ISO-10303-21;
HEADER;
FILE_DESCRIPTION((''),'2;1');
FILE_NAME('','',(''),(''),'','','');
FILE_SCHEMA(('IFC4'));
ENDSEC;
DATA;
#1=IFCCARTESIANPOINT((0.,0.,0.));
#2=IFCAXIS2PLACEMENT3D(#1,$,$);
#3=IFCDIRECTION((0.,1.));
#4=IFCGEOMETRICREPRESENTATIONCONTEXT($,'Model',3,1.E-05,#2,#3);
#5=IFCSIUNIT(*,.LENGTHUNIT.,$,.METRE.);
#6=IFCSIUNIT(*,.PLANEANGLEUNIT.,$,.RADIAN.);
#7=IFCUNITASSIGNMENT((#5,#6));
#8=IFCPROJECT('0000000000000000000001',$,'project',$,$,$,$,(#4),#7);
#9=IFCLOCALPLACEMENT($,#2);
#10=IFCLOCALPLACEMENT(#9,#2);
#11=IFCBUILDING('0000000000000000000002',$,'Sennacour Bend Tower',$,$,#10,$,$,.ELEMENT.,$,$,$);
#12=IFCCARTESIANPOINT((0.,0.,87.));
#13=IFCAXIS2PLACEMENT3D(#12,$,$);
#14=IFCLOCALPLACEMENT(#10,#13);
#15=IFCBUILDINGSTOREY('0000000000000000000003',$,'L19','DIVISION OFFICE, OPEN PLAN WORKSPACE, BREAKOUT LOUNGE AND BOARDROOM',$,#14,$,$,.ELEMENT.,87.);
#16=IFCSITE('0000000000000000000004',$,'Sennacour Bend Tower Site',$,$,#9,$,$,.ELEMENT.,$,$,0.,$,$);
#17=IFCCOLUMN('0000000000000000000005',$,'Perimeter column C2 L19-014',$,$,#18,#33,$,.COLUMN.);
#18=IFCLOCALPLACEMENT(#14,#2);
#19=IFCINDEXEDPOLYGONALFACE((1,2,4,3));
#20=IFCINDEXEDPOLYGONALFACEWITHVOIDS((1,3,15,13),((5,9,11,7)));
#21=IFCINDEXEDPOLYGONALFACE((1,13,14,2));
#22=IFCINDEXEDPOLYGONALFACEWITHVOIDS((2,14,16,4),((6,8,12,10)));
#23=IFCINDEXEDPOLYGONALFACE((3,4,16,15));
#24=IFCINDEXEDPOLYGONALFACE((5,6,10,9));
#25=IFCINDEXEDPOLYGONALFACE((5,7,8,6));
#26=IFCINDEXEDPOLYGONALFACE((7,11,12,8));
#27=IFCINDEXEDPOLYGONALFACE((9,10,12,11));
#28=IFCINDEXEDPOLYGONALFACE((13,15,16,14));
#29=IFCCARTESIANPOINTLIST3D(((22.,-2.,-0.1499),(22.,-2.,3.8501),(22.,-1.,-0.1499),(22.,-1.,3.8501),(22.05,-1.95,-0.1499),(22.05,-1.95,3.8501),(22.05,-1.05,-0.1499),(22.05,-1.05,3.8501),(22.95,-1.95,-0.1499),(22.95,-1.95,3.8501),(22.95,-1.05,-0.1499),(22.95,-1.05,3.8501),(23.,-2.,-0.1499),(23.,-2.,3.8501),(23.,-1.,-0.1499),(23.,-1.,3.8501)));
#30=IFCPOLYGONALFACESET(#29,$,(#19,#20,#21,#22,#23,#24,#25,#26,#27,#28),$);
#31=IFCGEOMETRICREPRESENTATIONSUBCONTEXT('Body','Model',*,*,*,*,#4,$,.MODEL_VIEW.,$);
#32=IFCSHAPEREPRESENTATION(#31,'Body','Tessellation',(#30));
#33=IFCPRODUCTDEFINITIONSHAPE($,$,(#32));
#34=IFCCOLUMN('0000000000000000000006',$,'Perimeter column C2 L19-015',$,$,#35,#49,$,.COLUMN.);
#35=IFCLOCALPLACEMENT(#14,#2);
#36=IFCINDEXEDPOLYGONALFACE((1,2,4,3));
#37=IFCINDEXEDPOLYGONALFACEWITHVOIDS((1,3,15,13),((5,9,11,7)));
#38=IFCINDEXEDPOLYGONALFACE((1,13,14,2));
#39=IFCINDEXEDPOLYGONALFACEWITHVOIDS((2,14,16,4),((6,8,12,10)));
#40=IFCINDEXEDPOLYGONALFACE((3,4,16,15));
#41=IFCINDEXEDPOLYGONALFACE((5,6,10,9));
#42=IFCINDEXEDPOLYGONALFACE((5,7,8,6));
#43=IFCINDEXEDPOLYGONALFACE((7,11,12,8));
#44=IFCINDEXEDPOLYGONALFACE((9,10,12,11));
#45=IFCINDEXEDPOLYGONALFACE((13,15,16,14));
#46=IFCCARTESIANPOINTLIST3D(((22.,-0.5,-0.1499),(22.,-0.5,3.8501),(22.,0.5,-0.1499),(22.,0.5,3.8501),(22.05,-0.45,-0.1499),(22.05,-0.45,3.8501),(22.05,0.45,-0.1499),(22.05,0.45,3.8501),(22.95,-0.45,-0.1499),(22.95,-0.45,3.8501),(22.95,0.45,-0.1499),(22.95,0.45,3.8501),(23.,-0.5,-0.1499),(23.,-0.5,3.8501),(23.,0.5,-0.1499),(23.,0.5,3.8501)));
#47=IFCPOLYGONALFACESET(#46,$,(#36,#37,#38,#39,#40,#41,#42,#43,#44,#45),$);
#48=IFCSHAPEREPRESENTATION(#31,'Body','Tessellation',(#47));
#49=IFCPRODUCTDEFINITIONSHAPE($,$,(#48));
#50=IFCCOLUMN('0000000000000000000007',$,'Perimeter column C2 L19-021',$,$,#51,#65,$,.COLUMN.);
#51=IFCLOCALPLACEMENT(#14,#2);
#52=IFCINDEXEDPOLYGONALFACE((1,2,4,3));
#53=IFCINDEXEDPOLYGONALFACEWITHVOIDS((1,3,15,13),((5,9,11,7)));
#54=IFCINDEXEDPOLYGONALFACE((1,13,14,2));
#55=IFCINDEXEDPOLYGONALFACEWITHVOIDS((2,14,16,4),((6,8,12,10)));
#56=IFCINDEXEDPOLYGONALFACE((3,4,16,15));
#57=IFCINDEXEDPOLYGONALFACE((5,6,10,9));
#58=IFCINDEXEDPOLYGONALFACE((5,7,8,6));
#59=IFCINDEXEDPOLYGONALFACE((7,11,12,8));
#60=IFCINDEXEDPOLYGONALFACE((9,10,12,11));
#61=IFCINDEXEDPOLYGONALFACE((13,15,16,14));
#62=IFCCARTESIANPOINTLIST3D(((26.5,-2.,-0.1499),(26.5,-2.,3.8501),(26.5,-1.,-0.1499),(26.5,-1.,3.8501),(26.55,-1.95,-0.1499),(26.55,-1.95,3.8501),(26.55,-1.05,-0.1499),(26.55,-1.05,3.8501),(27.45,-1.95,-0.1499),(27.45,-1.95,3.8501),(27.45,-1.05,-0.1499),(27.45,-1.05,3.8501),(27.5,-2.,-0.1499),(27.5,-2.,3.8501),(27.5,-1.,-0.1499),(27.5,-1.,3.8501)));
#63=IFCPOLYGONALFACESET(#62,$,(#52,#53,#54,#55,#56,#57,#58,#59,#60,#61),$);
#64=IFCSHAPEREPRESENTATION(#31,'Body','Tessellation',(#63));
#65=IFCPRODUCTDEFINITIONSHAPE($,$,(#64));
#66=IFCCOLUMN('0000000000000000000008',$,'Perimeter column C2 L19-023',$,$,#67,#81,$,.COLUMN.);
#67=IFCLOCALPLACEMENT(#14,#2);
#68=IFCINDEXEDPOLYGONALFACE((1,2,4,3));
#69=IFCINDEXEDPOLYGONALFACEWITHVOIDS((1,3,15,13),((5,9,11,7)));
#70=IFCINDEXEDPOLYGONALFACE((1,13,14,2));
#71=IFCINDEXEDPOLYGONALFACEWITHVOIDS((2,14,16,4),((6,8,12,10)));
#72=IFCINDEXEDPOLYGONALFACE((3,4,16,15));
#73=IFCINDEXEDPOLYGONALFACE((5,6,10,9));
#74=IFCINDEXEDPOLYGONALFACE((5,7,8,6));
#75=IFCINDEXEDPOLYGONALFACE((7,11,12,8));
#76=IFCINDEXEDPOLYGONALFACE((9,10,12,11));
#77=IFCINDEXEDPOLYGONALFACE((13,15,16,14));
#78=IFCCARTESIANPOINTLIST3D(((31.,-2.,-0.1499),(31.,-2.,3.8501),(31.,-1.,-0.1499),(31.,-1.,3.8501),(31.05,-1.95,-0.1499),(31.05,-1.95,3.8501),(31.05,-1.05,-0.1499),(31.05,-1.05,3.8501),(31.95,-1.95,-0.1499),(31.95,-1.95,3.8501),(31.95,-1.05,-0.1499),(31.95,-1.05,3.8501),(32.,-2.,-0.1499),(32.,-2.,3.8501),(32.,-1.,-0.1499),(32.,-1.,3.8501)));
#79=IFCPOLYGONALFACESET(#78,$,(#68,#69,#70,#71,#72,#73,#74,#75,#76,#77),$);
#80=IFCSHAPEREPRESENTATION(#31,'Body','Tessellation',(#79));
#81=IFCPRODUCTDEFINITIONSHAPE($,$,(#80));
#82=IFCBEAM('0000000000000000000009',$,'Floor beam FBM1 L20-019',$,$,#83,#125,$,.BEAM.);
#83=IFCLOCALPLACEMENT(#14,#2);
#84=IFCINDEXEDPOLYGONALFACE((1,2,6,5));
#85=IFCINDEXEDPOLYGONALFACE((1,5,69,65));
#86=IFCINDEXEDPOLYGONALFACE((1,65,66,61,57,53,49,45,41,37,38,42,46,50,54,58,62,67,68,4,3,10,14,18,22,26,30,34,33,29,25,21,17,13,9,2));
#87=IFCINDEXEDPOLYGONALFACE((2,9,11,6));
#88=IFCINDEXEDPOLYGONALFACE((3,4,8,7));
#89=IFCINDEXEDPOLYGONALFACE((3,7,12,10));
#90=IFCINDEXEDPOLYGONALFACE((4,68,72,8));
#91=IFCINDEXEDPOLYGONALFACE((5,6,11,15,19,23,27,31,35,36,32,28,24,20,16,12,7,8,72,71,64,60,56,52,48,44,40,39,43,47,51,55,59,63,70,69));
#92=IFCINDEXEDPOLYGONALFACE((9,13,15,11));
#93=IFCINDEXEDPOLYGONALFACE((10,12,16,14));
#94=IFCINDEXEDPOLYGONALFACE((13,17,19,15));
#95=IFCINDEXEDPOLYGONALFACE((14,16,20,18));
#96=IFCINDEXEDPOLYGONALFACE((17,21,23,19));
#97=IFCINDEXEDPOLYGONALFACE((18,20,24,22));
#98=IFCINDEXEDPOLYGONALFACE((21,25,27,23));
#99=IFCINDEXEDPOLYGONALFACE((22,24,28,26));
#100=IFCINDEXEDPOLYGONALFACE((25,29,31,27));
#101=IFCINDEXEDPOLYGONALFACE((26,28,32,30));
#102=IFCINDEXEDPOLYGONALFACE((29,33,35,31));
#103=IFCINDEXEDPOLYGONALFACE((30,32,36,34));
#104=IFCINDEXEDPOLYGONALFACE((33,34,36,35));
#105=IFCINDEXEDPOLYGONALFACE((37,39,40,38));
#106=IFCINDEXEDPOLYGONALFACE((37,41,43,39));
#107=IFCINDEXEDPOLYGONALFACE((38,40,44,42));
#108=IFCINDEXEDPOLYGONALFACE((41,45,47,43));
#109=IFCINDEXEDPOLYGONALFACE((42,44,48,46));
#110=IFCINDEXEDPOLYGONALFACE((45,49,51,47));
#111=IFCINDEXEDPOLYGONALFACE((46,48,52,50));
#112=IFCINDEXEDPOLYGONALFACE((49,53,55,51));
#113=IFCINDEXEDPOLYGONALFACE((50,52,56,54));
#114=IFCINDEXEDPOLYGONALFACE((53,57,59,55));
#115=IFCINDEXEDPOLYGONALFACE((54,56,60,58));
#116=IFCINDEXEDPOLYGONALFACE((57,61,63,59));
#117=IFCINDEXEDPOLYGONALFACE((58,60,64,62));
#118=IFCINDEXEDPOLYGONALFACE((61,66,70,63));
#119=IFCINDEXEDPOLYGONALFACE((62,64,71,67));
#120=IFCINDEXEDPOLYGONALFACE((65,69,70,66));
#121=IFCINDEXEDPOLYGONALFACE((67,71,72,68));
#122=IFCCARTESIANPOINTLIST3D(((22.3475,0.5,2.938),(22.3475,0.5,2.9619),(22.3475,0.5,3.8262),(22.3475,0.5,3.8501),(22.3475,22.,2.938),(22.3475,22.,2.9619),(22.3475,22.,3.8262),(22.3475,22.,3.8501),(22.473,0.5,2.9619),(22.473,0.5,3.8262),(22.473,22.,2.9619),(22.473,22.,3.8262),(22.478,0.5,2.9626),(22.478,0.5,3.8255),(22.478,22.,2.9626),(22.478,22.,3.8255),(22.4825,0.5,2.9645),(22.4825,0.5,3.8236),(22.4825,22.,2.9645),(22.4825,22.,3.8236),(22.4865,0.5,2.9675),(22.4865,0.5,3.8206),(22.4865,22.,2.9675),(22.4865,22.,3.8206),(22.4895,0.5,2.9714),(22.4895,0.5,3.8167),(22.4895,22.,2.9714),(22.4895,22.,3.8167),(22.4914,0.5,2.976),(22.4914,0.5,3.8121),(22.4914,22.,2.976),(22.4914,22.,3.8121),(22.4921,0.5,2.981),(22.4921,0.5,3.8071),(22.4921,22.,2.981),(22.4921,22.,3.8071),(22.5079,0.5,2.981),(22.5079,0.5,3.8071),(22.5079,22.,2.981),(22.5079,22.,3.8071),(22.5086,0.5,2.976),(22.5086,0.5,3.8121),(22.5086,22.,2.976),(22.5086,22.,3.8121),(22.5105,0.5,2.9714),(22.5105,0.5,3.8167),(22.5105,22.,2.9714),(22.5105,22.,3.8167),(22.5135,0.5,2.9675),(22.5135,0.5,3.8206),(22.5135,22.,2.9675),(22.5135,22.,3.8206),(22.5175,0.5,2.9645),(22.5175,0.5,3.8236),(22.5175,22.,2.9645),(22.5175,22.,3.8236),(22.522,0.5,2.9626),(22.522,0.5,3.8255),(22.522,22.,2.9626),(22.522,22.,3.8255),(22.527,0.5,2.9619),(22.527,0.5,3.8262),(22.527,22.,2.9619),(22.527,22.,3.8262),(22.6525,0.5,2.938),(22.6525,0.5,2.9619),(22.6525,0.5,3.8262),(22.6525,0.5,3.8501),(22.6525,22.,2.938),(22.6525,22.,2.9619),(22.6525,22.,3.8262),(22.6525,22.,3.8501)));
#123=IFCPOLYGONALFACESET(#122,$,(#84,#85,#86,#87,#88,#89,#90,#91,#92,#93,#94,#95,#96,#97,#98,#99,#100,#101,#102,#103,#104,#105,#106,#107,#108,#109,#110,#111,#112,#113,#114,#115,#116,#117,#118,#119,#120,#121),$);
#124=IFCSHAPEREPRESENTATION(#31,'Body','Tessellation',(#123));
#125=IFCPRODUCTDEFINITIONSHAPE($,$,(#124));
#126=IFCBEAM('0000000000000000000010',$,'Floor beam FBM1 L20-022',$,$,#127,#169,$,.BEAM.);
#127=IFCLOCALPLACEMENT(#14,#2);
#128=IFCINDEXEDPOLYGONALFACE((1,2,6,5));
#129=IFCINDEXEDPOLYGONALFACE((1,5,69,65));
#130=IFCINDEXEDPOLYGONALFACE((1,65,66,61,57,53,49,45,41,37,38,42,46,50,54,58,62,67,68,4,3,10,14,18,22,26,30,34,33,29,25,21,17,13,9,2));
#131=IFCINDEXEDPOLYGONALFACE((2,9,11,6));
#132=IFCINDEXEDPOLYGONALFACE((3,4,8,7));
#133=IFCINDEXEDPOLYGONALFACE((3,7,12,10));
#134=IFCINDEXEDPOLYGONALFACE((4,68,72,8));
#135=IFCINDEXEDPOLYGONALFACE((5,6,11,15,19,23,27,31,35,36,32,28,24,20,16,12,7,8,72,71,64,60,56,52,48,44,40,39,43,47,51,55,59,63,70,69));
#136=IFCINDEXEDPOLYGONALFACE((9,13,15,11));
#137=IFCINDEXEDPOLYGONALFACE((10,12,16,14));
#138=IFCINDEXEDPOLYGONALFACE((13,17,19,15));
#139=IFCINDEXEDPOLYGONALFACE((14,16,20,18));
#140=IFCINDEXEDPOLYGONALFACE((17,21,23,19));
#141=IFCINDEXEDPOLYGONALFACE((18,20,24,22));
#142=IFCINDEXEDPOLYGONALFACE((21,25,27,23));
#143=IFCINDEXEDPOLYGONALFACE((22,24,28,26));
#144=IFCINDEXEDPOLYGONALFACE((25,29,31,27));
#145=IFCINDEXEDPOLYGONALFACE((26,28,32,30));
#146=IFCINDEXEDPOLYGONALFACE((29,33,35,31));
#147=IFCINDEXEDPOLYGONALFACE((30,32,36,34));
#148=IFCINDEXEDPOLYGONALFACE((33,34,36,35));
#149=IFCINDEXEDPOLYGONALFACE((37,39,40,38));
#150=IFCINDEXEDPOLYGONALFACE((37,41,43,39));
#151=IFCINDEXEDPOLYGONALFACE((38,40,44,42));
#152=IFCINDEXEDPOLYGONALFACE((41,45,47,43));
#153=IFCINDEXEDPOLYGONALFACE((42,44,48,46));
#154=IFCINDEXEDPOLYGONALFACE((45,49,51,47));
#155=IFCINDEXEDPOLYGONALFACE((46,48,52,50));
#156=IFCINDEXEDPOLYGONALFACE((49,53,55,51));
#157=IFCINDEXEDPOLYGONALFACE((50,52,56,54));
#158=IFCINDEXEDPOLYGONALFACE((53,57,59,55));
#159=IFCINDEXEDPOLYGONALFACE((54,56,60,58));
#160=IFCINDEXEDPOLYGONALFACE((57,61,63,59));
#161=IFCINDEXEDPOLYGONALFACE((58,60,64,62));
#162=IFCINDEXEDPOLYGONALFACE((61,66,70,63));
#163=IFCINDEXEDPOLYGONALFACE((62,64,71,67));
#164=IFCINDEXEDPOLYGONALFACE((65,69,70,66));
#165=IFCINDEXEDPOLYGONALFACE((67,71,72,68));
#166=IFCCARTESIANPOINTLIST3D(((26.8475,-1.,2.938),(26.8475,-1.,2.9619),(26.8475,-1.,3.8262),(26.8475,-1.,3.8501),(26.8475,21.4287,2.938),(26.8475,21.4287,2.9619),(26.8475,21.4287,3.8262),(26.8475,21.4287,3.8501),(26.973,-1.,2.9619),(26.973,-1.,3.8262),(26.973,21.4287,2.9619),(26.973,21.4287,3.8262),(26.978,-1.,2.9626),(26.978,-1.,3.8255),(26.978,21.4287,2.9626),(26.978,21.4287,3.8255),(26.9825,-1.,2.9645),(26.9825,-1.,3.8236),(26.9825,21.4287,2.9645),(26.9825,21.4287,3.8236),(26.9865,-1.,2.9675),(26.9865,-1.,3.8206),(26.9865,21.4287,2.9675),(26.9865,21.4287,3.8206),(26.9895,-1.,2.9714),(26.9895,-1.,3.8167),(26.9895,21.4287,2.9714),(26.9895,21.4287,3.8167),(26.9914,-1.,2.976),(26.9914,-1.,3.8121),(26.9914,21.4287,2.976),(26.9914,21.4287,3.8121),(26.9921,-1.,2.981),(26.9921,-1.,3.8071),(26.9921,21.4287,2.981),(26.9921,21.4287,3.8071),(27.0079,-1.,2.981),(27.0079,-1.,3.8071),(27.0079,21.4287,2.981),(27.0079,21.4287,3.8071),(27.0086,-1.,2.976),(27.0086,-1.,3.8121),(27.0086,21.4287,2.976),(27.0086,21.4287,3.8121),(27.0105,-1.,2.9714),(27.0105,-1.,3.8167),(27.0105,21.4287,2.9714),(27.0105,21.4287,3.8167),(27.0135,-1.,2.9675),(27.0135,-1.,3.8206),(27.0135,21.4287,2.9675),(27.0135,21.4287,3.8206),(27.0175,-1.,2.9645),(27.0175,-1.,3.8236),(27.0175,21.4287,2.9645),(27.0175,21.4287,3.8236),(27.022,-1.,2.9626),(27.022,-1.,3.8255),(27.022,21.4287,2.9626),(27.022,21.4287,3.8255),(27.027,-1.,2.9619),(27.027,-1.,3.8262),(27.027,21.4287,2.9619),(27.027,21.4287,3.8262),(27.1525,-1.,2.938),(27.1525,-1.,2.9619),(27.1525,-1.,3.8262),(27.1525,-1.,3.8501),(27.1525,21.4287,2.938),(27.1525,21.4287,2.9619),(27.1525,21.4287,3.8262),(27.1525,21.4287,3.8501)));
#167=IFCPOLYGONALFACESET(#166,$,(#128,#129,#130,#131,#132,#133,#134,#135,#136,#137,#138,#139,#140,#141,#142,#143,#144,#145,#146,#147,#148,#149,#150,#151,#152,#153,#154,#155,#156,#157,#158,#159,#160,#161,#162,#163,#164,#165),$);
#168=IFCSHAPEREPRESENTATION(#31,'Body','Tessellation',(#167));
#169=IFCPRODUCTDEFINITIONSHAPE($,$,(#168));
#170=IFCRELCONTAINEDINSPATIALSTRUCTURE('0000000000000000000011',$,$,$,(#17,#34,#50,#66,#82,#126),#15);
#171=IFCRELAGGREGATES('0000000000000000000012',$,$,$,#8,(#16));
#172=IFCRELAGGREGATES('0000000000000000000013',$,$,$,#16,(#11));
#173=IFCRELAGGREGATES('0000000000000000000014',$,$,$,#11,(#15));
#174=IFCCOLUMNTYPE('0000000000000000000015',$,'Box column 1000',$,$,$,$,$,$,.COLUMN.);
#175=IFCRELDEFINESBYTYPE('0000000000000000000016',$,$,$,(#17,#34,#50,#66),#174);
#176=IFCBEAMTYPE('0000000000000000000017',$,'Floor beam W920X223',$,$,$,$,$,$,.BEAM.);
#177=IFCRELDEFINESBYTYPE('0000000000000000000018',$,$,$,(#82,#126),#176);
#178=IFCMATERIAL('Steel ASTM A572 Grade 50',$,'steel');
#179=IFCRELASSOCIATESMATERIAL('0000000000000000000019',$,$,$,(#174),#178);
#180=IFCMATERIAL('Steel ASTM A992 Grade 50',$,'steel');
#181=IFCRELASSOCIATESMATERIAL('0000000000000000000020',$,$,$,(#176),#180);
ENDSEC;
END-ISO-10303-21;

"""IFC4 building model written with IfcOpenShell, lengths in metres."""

from ifc_helpers import new_model, si_unit, direction, frame, origin, origin_2d, place, context, subcontext, project, spatial, hollow_rectangle, i_section, extrude, material, material_profile, profile_set, type_object, element, save


model = new_model("IFC4")

# Units and contexts
model_context = context("Model", 3, precision=1e-05, world=origin(), true_north=direction((0.0, 1.0)))
body_context = subcontext(model_context, "Body", "Model", "MODEL_VIEW")
ifc_project = project(units=[si_unit("LENGTHUNIT", "METRE"), si_unit("PLANEANGLEUNIT", "RADIAN")], contexts=[model_context])

# Site, building, storey
site_placement = place(None, origin())
site = spatial("IfcSite", under=ifc_project, at=site_placement, Name="Sennacour Bend Tower Site", CompositionType="ELEMENT", RefElevation=0.0)
building_placement = place(site_placement, origin())
building = spatial("IfcBuilding", under=site, at=building_placement, Name="Sennacour Bend Tower", CompositionType="ELEMENT")
storey_placement = place(building_placement, frame((0.0, 0.0, 87.0)))
storey = spatial("IfcBuildingStorey", under=building, at=storey_placement, Name="L19", Description="DIVISION OFFICE, OPEN PLAN WORKSPACE, BREAKOUT LOUNGE AND BOARDROOM", CompositionType="ELEMENT", Elevation=87.0)

# Columns
ifc_material_1 = material(Name="Steel ASTM A572 Grade 50", Category="steel")
ifc_material_profile_1 = material_profile(ifc_material_1, hollow_rectangle(XDim=1.0, YDim=1.0, WallThickness=0.05, at=origin_2d()), Name="Steel ASTM A572 Grade 50", Category="steel")
ifc_profile_set_1 = profile_set([ifc_material_profile_1], Name="Steel ASTM A572 Grade 50")
column_type = type_object("IfcColumnType", Name="Box column 1000", PredefinedType="COLUMN", material=ifc_profile_set_1)
for number, where, z_axis, x_axis, name in (
    (1, (22.5, -1.5, -0.1499), (0.0, 0.0, 1.0), (1.0, 0.0, 0.0), "Perimeter column C2 L19-014"),
    (2, (22.5, 0.0, -0.1499), (0.0, 0.0, 1.0), (1.0, 0.0, 0.0), "Perimeter column C2 L19-015"),
    (3, (27.0, -1.5, -0.1499), (0.0, 0.0, 1.0), (1.0, 0.0, 0.0), "Perimeter column C2 L19-021"),
    (4, (31.5, -1.5, -0.1499), (0.0, 0.0, 1.0), (1.0, 0.0, 0.0), "Perimeter column C2 L19-023"),
):
    element("IfcColumn", number, at=place(storey_placement, frame(where, z_axis=z_axis, x_axis=x_axis)), inside=storey, type_object=column_type, Name=name, PredefinedType="COLUMN", context=body_context, shape_type="SweptSolid", body=[
        extrude(hollow_rectangle(XDim=1.0, YDim=1.0, WallThickness=0.05, at=origin_2d()), origin(), (0.0, 0.0, 1.0), 4.0),
    ])

# Beams
ifc_material_2 = material(Name="Steel ASTM A992 Grade 50", Category="steel")
ifc_material_profile_2 = material_profile(ifc_material_2, i_section(OverallWidth=0.3049, OverallDepth=0.9121, WebThickness=0.0159, FlangeThickness=0.0239, FilletRadius=0.019, at=origin_2d()), Name="Steel ASTM A992 Grade 50", Category="steel")
ifc_profile_set_2 = profile_set([ifc_material_profile_2], Name="Steel ASTM A992 Grade 50")
beam_type_1 = type_object("IfcBeamType", Name="Floor beam W920X223", PredefinedType="BEAM", material=ifc_profile_set_2)
beam_1_placement = place(storey_placement, frame((22.5, 0.5, 3.394), z_axis=(0.0, 1.0, 0.0), x_axis=(-1.0, 0.0, 0.0)))
element("IfcBeam", 5, at=beam_1_placement, inside=storey, type_object=beam_type_1, Name="Floor beam FBM1 L20-019", PredefinedType="BEAM", context=body_context, shape_type="SweptSolid", body=[
    extrude(i_section(OverallWidth=0.3049, OverallDepth=0.9121, WebThickness=0.0159, FlangeThickness=0.0239, FilletRadius=0.019, at=origin_2d()), origin(), (0.0, 0.0, 1.0), 21.5),
])
beam_2_placement = place(storey_placement, frame((27.0, -1.0, 3.394), z_axis=(0.0, 1.0, 0.0), x_axis=(-1.0, 0.0, 0.0)))
element("IfcBeam", 6, at=beam_2_placement, inside=storey, type_object=beam_type_1, Name="Floor beam FBM1 L20-022", PredefinedType="BEAM", context=body_context, shape_type="SweptSolid", body=[
    extrude(i_section(OverallWidth=0.3049, OverallDepth=0.9121, WebThickness=0.0159, FlangeThickness=0.0239, FilletRadius=0.019, at=origin_2d()), origin(), (0.0, 0.0, 1.0), 22.4287),
])

save(model, "model.ifc")
